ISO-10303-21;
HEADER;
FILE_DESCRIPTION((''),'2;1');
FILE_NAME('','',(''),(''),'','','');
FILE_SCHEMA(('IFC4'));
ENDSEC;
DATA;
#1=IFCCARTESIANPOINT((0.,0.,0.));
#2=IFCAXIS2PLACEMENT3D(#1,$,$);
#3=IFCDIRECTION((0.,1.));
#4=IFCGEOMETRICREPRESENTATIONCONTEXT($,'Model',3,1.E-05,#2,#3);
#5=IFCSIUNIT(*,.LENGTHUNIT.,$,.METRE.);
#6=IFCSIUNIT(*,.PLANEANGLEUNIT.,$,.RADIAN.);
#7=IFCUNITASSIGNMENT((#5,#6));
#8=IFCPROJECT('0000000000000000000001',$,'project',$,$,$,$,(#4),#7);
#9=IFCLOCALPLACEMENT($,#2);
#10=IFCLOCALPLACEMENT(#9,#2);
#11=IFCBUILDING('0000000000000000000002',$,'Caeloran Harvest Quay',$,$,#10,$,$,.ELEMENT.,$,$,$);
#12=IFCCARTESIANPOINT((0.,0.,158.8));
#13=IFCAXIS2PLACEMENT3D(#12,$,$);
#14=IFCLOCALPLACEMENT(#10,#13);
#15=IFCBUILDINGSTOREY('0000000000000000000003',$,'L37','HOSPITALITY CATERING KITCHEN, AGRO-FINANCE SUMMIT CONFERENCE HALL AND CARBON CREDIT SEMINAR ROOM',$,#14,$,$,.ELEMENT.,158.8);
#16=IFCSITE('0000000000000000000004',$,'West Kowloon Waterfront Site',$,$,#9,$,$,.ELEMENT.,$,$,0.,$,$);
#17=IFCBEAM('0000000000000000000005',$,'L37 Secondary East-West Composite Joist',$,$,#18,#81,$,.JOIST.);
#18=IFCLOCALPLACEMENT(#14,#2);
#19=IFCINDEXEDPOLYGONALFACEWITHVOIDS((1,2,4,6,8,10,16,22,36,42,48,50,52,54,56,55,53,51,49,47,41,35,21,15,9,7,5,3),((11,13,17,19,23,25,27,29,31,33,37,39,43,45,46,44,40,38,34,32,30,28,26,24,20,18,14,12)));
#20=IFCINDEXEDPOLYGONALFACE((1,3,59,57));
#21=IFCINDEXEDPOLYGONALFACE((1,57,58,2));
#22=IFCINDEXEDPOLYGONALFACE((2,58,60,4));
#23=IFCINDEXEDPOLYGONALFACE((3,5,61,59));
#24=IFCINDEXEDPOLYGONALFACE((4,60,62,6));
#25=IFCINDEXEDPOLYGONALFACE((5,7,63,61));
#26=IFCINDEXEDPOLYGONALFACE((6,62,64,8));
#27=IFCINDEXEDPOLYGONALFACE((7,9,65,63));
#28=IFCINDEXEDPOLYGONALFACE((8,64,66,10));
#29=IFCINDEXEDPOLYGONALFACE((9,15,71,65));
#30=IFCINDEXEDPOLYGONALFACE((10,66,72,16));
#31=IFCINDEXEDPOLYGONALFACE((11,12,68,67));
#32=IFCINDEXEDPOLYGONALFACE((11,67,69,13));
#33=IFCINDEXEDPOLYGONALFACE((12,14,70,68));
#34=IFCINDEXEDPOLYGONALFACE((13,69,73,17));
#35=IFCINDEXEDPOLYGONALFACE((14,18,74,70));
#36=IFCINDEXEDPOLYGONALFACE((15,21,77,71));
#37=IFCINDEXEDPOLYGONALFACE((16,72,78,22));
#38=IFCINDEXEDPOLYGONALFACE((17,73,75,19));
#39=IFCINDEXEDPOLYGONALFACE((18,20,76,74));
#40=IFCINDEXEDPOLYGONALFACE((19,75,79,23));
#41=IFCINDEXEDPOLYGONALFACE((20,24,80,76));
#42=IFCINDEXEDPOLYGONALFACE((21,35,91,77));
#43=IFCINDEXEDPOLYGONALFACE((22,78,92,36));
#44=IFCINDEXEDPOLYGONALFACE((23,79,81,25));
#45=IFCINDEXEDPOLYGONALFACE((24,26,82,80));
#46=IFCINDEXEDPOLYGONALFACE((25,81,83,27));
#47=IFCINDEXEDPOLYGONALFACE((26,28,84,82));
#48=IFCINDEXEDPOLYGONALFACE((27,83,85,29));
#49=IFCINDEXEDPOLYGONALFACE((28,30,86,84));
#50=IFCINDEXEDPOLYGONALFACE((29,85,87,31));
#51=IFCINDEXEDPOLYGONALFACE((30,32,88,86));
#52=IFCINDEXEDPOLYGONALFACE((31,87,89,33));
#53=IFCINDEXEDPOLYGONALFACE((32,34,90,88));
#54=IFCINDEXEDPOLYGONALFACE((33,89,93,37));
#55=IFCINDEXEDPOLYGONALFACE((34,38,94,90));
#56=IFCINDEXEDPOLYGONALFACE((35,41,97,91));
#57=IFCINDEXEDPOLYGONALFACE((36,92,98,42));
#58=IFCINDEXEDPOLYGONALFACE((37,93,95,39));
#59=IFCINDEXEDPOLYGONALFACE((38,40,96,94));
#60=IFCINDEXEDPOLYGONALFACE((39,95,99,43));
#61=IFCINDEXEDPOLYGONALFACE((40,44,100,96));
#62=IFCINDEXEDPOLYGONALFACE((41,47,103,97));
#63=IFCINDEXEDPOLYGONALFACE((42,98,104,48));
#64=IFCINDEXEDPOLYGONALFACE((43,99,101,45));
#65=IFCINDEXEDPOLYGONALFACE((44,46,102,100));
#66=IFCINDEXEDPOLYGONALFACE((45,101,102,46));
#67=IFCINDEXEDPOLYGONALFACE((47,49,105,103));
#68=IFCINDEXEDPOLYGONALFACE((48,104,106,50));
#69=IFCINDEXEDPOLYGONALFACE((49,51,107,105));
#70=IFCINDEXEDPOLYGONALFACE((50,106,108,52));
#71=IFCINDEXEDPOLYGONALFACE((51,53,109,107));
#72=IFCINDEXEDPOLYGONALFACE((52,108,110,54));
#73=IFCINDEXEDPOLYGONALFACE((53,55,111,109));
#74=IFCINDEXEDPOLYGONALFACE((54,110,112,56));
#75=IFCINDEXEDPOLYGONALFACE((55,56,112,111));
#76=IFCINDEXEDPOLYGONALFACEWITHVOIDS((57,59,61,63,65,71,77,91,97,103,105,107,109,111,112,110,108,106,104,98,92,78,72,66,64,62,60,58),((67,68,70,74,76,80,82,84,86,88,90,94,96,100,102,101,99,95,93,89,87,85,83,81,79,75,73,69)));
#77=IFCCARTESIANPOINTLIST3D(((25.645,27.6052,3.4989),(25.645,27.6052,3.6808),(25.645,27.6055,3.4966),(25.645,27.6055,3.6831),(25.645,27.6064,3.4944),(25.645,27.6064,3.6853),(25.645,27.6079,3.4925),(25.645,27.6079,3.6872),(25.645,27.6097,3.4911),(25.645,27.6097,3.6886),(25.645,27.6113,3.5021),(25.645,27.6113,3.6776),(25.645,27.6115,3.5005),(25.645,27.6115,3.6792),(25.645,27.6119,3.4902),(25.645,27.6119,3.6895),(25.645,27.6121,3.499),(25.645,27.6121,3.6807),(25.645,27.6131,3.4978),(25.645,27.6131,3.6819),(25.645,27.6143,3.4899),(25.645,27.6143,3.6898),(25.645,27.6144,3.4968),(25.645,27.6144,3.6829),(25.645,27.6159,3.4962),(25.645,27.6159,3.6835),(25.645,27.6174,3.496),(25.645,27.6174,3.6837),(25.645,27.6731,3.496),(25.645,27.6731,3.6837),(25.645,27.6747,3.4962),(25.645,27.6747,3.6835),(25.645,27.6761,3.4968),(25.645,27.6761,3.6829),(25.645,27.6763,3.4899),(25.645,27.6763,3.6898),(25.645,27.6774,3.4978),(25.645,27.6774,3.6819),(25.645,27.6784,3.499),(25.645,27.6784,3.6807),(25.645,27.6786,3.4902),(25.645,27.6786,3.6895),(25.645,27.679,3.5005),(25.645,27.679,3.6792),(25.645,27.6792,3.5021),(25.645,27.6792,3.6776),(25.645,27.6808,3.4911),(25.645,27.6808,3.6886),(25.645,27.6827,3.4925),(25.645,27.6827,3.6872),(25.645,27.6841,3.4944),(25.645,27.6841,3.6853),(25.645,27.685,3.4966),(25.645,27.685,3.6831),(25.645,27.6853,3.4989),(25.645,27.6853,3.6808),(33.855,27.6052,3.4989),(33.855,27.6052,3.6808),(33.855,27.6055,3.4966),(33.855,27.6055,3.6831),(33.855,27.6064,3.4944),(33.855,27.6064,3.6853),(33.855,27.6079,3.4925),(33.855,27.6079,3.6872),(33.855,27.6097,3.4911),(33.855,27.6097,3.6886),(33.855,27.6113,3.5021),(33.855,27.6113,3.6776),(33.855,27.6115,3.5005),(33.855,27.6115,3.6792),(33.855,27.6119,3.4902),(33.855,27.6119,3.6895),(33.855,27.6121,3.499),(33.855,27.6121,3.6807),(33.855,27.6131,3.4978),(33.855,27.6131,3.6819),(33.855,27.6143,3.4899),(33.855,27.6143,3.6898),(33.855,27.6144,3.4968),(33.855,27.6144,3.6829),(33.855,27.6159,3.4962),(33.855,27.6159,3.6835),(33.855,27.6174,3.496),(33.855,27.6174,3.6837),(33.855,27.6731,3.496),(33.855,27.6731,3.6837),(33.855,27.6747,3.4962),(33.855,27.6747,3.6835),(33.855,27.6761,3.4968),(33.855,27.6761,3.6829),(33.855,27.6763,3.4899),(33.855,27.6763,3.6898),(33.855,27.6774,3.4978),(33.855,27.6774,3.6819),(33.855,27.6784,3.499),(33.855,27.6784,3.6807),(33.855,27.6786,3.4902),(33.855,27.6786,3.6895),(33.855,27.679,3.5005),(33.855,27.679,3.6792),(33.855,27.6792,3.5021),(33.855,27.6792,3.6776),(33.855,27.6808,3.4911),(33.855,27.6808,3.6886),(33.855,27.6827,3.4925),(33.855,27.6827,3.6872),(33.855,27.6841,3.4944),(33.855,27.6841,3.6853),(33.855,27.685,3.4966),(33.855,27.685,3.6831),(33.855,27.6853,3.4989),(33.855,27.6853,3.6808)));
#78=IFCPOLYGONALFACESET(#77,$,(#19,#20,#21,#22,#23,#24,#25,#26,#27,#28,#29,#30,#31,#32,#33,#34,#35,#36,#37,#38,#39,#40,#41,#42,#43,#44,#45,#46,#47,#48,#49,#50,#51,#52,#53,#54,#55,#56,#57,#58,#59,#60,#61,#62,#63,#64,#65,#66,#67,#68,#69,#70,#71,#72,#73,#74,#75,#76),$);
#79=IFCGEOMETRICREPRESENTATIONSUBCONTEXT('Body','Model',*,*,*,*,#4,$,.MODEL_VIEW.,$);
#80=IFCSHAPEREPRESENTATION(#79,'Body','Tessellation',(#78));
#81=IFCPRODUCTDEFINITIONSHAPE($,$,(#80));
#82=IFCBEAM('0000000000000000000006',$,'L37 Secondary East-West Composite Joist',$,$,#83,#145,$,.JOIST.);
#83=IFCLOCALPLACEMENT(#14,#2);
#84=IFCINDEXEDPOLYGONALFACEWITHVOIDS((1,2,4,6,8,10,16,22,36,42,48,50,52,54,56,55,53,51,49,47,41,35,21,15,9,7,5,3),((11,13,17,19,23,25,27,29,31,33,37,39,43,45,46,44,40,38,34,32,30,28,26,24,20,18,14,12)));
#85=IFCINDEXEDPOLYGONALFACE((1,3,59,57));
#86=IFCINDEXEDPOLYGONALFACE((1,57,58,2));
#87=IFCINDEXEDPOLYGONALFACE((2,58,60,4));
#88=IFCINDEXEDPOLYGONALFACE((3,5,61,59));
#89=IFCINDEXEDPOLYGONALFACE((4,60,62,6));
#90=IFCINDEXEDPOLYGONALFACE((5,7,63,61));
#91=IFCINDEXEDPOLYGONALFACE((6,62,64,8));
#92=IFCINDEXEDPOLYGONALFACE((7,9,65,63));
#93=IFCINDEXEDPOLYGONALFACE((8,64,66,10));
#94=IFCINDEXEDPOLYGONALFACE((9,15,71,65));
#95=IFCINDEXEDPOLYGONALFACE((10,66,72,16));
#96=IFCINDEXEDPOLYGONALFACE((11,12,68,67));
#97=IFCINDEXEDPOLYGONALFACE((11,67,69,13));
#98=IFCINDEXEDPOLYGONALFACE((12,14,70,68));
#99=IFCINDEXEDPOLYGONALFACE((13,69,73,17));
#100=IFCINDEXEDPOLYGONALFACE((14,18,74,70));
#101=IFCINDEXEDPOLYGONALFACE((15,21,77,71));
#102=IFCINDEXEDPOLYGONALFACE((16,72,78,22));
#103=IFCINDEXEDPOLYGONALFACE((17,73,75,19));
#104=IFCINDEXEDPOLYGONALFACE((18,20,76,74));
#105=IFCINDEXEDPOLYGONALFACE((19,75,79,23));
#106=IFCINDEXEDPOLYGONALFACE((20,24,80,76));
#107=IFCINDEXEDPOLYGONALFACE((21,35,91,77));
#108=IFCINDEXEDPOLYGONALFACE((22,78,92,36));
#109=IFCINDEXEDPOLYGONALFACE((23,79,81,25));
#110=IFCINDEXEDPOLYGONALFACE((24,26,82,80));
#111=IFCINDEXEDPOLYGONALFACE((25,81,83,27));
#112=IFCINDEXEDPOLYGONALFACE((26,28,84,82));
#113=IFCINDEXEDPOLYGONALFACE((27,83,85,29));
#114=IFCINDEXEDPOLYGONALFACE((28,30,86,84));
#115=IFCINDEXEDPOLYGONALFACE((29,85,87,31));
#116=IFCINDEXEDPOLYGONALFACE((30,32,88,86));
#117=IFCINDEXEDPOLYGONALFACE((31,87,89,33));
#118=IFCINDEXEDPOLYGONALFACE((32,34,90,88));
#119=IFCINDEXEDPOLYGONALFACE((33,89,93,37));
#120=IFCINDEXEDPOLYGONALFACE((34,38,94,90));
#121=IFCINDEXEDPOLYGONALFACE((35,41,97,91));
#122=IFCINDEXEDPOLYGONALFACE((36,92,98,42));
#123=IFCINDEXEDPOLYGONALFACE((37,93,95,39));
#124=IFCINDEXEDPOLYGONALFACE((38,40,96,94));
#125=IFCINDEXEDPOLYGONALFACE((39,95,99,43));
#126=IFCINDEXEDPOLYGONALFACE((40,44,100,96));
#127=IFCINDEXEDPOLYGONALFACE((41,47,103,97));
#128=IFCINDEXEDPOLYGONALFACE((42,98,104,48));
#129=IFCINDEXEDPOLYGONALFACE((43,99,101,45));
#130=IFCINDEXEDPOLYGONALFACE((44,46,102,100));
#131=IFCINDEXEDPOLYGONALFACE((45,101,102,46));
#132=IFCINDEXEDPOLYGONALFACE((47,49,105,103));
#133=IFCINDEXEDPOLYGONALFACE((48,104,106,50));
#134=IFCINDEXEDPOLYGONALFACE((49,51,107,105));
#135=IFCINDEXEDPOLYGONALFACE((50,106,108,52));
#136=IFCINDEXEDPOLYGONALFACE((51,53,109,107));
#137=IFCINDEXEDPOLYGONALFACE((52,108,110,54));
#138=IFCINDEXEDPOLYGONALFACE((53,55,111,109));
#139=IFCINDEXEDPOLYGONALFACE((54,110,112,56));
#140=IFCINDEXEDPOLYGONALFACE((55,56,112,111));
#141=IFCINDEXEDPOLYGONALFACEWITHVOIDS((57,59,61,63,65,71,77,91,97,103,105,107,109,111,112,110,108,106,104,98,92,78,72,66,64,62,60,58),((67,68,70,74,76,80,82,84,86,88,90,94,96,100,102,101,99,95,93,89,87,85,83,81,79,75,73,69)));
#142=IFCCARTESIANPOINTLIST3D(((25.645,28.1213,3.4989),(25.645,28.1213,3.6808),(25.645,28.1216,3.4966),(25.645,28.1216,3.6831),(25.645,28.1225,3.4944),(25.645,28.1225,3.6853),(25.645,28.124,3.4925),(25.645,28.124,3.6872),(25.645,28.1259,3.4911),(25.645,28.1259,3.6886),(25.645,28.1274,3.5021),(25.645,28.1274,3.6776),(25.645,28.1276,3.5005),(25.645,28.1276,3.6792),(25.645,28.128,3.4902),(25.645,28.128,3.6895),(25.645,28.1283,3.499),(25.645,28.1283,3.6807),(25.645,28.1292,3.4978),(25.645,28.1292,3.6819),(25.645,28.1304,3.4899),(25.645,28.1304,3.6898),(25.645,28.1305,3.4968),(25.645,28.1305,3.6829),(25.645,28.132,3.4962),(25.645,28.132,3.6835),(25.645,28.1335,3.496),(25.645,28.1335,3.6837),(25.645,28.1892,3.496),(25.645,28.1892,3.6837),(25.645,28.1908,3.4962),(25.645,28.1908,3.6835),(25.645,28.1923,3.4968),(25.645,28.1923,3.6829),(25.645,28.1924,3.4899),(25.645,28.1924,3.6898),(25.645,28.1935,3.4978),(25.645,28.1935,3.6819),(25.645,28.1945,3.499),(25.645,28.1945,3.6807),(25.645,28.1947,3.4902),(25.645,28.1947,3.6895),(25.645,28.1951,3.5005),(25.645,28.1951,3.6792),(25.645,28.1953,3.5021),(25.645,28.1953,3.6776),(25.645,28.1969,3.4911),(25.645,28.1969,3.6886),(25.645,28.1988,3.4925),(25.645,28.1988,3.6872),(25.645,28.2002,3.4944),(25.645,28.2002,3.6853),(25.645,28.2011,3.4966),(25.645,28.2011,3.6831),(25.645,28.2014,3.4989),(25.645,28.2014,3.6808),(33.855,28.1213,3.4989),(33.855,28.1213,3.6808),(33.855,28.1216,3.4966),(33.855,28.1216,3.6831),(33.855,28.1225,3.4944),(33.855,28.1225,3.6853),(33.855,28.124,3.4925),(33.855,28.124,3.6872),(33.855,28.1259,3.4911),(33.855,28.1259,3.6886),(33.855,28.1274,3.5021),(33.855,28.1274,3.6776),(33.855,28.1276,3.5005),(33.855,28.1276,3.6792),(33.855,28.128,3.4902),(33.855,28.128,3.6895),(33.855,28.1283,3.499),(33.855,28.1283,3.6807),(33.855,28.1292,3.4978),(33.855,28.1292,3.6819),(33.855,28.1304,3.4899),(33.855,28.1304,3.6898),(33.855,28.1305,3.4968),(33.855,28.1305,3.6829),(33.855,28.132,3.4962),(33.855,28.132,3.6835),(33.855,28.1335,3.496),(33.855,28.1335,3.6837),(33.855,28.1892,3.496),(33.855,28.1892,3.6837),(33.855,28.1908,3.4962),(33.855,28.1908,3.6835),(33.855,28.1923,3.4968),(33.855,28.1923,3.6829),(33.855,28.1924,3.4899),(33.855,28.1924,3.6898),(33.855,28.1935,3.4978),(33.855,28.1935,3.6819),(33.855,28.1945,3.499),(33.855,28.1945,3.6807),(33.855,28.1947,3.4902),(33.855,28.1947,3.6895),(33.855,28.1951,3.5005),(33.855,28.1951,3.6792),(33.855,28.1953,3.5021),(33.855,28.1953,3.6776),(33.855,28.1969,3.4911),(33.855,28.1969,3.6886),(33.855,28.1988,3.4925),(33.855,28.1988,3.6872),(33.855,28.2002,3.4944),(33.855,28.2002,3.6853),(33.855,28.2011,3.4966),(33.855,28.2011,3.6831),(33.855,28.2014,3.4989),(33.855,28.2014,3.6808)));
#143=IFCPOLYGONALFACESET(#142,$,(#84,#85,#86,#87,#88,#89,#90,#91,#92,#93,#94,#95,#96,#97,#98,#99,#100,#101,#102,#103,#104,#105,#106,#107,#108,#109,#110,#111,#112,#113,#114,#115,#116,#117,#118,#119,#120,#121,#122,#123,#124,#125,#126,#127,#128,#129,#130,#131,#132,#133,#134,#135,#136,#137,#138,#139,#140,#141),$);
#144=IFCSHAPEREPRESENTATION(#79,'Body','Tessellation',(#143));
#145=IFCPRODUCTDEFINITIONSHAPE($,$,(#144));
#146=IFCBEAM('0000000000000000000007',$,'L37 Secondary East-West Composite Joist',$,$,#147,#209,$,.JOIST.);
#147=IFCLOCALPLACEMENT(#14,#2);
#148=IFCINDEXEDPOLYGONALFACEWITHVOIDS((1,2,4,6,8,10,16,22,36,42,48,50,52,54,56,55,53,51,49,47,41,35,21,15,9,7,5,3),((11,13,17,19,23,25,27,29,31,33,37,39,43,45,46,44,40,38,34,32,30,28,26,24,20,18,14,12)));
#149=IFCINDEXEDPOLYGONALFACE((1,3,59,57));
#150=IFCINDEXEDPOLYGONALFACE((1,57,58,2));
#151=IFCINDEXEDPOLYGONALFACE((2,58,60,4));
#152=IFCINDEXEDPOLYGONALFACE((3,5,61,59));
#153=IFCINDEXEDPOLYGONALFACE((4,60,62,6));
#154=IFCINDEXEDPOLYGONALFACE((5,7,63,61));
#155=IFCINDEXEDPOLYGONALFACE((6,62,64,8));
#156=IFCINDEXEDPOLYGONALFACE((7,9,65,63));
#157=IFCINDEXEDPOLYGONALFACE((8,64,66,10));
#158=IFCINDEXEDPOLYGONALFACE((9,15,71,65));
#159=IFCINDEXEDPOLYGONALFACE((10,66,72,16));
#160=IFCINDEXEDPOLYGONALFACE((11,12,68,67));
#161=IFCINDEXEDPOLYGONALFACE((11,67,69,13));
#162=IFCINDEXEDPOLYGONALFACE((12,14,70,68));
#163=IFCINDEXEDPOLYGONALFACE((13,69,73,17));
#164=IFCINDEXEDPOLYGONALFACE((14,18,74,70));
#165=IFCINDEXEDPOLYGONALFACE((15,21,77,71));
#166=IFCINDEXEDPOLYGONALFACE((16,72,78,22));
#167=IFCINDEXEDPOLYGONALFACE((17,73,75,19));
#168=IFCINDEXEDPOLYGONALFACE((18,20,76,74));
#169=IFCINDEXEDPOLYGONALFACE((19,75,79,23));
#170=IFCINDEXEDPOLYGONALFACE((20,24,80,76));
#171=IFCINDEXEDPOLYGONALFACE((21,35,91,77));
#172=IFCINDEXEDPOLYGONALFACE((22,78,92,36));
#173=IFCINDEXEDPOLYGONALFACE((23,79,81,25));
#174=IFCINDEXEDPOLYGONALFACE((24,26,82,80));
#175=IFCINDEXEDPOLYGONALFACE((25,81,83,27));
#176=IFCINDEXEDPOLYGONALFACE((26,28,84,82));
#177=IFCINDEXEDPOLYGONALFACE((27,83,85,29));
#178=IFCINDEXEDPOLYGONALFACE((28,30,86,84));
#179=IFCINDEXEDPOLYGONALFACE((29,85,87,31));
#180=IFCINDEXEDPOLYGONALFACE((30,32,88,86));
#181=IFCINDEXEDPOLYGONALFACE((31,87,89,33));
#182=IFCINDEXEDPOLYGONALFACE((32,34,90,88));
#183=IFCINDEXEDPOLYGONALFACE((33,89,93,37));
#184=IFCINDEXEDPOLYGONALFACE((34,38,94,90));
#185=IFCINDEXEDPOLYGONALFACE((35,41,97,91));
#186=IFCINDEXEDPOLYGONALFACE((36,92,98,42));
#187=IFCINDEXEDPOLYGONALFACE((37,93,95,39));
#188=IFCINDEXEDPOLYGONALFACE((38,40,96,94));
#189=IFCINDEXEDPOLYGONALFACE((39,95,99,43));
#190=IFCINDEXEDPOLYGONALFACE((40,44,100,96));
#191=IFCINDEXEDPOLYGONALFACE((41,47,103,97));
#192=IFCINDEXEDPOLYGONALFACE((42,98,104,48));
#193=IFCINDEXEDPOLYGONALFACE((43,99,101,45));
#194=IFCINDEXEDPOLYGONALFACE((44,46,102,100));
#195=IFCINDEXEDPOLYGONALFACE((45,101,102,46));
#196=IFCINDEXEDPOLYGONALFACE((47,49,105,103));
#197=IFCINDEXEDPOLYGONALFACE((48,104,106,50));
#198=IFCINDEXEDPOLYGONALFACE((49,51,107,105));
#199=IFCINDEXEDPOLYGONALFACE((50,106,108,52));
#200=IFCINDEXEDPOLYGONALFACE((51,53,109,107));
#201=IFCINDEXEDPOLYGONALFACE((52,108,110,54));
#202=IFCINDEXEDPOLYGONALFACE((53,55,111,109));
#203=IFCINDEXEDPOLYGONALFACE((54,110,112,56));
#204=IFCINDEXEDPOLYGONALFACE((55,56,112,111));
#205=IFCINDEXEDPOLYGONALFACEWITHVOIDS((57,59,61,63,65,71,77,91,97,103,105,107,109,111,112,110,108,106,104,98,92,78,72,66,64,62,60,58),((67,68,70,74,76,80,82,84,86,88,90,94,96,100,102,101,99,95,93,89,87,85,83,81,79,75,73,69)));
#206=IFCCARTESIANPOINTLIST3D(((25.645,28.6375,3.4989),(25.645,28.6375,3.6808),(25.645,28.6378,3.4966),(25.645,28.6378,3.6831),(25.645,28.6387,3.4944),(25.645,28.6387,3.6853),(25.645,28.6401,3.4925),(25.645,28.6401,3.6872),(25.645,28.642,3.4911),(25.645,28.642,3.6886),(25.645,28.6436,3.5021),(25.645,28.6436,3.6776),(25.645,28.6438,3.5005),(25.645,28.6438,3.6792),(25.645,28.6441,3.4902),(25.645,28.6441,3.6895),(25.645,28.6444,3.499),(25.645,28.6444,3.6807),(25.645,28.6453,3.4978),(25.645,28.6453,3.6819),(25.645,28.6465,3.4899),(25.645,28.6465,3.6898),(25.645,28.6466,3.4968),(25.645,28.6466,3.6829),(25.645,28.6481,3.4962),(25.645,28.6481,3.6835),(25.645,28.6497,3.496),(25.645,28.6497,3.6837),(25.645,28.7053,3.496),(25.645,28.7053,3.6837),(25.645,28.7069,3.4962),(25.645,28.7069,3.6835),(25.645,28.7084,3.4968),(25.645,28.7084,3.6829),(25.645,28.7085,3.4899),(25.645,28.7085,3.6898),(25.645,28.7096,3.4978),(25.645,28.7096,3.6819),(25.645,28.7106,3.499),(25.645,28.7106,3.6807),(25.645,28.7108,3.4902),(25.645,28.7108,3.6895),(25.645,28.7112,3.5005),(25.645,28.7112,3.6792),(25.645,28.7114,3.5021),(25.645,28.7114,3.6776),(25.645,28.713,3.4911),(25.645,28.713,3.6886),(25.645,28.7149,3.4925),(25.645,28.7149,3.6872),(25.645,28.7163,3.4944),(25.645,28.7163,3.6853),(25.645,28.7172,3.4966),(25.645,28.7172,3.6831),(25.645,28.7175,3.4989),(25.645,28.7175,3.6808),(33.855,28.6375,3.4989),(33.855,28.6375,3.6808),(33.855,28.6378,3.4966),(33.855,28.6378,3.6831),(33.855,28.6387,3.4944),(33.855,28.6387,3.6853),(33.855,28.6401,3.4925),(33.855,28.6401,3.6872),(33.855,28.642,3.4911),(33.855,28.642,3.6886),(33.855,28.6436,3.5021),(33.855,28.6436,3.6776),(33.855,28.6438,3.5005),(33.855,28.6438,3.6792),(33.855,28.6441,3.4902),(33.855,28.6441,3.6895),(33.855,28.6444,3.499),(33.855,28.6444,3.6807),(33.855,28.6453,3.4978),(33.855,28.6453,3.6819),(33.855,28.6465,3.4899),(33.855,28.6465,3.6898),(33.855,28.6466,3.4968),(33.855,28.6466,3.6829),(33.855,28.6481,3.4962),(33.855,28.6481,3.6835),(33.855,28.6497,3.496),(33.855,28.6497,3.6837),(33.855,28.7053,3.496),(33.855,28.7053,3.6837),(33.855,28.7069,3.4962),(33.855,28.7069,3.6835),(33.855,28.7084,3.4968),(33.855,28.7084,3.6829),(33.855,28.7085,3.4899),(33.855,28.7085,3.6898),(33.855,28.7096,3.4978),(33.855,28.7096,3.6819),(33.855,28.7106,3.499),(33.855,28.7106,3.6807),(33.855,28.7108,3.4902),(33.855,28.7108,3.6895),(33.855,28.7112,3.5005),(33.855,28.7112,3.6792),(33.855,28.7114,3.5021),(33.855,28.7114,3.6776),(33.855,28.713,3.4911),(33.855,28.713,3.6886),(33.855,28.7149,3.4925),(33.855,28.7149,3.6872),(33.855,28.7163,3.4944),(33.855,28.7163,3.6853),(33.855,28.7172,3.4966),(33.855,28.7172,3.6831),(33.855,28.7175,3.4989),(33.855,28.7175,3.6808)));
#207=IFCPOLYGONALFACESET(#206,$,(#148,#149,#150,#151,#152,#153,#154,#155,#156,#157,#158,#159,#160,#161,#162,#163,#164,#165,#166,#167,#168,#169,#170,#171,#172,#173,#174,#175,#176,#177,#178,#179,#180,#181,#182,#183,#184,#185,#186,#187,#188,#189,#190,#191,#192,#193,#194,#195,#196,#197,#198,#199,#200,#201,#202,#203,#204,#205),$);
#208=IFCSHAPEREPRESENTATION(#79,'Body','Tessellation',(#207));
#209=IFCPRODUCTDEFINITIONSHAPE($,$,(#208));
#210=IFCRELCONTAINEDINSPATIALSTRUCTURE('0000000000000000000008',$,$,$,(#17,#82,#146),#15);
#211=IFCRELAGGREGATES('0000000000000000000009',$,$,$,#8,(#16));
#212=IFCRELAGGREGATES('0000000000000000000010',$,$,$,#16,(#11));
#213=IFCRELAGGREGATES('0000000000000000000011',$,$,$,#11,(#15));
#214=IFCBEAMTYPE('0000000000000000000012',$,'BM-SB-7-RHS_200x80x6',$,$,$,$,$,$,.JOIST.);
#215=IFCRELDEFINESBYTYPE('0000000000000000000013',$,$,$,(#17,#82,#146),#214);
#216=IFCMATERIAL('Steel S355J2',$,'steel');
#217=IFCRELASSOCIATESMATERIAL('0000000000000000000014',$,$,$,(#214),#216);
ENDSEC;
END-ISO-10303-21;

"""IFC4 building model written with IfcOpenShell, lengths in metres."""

from ifc_helpers import new_model, si_unit, direction, frame, origin, origin_2d, place, context, subcontext, project, spatial, hollow_rectangle, extrude, material, material_profile, profile_set, type_object, element, save


model = new_model("IFC4")

# Units and contexts
model_context = context("Model", 3, precision=1e-05, world=origin(), true_north=direction((0.0, 1.0)))
body_context = subcontext(model_context, "Body", "Model", "MODEL_VIEW")
ifc_project = project(units=[si_unit("LENGTHUNIT", "METRE"), si_unit("PLANEANGLEUNIT", "RADIAN")], contexts=[model_context])

# Site, building, storey
site_placement = place(None, origin())
site = spatial("IfcSite", under=ifc_project, at=site_placement, Name="West Kowloon Waterfront Site", CompositionType="ELEMENT", RefElevation=0.0)
building_placement = place(site_placement, origin())
building = spatial("IfcBuilding", under=site, at=building_placement, Name="Caeloran Harvest Quay", CompositionType="ELEMENT")
storey_placement = place(building_placement, frame((0.0, 0.0, 158.8)))
storey = spatial("IfcBuildingStorey", under=building, at=storey_placement, Name="L37", Description="HOSPITALITY CATERING KITCHEN, AGRO-FINANCE SUMMIT CONFERENCE HALL AND CARBON CREDIT SEMINAR ROOM", CompositionType="ELEMENT", Elevation=158.8)

# Beams
ifc_material_1 = material(Name="Steel S355J2", Category="steel")
ifc_material_profile_1 = material_profile(ifc_material_1, hollow_rectangle(XDim=0.0801, YDim=0.2, WallThickness=0.0061, InnerFilletRadius=0.0061, OuterFilletRadius=0.009, at=origin_2d()), Name="RHS 200x80x6")
ifc_profile_set_1 = profile_set([ifc_material_profile_1], Name="Steel S355J2")
beam_type_1 = type_object("IfcBeamType", Name="BM-SB-7-RHS_200x80x6", PredefinedType="JOIST", material=ifc_profile_set_1)
for number, where, z_axis, x_axis, name in (
    (1, (25.645, 27.6453, 3.5898), (1.0, 0.0, 0.0), (0.0, 1.0, 0.0), "L37 Secondary East-West Composite Joist"),
    (2, (25.645, 28.1614, 3.5898), (1.0, 0.0, 0.0), (0.0, 1.0, 0.0), "L37 Secondary East-West Composite Joist"),
    (3, (25.645, 28.6775, 3.5898), (1.0, 0.0, 0.0), (0.0, 1.0, 0.0), "L37 Secondary East-West Composite Joist"),
):
    element("IfcBeam", number, at=place(storey_placement, frame(where, z_axis=z_axis, x_axis=x_axis)), inside=storey, type_object=beam_type_1, Name=name, PredefinedType="JOIST", context=body_context, shape_type="SweptSolid", body=[
        extrude(hollow_rectangle(XDim=0.0801, YDim=0.2, WallThickness=0.0061, InnerFilletRadius=0.0061, OuterFilletRadius=0.009, at=origin_2d()), origin(), (0.0, 0.0, 1.0), 8.21),
    ])

save(model, "model.ifc")
